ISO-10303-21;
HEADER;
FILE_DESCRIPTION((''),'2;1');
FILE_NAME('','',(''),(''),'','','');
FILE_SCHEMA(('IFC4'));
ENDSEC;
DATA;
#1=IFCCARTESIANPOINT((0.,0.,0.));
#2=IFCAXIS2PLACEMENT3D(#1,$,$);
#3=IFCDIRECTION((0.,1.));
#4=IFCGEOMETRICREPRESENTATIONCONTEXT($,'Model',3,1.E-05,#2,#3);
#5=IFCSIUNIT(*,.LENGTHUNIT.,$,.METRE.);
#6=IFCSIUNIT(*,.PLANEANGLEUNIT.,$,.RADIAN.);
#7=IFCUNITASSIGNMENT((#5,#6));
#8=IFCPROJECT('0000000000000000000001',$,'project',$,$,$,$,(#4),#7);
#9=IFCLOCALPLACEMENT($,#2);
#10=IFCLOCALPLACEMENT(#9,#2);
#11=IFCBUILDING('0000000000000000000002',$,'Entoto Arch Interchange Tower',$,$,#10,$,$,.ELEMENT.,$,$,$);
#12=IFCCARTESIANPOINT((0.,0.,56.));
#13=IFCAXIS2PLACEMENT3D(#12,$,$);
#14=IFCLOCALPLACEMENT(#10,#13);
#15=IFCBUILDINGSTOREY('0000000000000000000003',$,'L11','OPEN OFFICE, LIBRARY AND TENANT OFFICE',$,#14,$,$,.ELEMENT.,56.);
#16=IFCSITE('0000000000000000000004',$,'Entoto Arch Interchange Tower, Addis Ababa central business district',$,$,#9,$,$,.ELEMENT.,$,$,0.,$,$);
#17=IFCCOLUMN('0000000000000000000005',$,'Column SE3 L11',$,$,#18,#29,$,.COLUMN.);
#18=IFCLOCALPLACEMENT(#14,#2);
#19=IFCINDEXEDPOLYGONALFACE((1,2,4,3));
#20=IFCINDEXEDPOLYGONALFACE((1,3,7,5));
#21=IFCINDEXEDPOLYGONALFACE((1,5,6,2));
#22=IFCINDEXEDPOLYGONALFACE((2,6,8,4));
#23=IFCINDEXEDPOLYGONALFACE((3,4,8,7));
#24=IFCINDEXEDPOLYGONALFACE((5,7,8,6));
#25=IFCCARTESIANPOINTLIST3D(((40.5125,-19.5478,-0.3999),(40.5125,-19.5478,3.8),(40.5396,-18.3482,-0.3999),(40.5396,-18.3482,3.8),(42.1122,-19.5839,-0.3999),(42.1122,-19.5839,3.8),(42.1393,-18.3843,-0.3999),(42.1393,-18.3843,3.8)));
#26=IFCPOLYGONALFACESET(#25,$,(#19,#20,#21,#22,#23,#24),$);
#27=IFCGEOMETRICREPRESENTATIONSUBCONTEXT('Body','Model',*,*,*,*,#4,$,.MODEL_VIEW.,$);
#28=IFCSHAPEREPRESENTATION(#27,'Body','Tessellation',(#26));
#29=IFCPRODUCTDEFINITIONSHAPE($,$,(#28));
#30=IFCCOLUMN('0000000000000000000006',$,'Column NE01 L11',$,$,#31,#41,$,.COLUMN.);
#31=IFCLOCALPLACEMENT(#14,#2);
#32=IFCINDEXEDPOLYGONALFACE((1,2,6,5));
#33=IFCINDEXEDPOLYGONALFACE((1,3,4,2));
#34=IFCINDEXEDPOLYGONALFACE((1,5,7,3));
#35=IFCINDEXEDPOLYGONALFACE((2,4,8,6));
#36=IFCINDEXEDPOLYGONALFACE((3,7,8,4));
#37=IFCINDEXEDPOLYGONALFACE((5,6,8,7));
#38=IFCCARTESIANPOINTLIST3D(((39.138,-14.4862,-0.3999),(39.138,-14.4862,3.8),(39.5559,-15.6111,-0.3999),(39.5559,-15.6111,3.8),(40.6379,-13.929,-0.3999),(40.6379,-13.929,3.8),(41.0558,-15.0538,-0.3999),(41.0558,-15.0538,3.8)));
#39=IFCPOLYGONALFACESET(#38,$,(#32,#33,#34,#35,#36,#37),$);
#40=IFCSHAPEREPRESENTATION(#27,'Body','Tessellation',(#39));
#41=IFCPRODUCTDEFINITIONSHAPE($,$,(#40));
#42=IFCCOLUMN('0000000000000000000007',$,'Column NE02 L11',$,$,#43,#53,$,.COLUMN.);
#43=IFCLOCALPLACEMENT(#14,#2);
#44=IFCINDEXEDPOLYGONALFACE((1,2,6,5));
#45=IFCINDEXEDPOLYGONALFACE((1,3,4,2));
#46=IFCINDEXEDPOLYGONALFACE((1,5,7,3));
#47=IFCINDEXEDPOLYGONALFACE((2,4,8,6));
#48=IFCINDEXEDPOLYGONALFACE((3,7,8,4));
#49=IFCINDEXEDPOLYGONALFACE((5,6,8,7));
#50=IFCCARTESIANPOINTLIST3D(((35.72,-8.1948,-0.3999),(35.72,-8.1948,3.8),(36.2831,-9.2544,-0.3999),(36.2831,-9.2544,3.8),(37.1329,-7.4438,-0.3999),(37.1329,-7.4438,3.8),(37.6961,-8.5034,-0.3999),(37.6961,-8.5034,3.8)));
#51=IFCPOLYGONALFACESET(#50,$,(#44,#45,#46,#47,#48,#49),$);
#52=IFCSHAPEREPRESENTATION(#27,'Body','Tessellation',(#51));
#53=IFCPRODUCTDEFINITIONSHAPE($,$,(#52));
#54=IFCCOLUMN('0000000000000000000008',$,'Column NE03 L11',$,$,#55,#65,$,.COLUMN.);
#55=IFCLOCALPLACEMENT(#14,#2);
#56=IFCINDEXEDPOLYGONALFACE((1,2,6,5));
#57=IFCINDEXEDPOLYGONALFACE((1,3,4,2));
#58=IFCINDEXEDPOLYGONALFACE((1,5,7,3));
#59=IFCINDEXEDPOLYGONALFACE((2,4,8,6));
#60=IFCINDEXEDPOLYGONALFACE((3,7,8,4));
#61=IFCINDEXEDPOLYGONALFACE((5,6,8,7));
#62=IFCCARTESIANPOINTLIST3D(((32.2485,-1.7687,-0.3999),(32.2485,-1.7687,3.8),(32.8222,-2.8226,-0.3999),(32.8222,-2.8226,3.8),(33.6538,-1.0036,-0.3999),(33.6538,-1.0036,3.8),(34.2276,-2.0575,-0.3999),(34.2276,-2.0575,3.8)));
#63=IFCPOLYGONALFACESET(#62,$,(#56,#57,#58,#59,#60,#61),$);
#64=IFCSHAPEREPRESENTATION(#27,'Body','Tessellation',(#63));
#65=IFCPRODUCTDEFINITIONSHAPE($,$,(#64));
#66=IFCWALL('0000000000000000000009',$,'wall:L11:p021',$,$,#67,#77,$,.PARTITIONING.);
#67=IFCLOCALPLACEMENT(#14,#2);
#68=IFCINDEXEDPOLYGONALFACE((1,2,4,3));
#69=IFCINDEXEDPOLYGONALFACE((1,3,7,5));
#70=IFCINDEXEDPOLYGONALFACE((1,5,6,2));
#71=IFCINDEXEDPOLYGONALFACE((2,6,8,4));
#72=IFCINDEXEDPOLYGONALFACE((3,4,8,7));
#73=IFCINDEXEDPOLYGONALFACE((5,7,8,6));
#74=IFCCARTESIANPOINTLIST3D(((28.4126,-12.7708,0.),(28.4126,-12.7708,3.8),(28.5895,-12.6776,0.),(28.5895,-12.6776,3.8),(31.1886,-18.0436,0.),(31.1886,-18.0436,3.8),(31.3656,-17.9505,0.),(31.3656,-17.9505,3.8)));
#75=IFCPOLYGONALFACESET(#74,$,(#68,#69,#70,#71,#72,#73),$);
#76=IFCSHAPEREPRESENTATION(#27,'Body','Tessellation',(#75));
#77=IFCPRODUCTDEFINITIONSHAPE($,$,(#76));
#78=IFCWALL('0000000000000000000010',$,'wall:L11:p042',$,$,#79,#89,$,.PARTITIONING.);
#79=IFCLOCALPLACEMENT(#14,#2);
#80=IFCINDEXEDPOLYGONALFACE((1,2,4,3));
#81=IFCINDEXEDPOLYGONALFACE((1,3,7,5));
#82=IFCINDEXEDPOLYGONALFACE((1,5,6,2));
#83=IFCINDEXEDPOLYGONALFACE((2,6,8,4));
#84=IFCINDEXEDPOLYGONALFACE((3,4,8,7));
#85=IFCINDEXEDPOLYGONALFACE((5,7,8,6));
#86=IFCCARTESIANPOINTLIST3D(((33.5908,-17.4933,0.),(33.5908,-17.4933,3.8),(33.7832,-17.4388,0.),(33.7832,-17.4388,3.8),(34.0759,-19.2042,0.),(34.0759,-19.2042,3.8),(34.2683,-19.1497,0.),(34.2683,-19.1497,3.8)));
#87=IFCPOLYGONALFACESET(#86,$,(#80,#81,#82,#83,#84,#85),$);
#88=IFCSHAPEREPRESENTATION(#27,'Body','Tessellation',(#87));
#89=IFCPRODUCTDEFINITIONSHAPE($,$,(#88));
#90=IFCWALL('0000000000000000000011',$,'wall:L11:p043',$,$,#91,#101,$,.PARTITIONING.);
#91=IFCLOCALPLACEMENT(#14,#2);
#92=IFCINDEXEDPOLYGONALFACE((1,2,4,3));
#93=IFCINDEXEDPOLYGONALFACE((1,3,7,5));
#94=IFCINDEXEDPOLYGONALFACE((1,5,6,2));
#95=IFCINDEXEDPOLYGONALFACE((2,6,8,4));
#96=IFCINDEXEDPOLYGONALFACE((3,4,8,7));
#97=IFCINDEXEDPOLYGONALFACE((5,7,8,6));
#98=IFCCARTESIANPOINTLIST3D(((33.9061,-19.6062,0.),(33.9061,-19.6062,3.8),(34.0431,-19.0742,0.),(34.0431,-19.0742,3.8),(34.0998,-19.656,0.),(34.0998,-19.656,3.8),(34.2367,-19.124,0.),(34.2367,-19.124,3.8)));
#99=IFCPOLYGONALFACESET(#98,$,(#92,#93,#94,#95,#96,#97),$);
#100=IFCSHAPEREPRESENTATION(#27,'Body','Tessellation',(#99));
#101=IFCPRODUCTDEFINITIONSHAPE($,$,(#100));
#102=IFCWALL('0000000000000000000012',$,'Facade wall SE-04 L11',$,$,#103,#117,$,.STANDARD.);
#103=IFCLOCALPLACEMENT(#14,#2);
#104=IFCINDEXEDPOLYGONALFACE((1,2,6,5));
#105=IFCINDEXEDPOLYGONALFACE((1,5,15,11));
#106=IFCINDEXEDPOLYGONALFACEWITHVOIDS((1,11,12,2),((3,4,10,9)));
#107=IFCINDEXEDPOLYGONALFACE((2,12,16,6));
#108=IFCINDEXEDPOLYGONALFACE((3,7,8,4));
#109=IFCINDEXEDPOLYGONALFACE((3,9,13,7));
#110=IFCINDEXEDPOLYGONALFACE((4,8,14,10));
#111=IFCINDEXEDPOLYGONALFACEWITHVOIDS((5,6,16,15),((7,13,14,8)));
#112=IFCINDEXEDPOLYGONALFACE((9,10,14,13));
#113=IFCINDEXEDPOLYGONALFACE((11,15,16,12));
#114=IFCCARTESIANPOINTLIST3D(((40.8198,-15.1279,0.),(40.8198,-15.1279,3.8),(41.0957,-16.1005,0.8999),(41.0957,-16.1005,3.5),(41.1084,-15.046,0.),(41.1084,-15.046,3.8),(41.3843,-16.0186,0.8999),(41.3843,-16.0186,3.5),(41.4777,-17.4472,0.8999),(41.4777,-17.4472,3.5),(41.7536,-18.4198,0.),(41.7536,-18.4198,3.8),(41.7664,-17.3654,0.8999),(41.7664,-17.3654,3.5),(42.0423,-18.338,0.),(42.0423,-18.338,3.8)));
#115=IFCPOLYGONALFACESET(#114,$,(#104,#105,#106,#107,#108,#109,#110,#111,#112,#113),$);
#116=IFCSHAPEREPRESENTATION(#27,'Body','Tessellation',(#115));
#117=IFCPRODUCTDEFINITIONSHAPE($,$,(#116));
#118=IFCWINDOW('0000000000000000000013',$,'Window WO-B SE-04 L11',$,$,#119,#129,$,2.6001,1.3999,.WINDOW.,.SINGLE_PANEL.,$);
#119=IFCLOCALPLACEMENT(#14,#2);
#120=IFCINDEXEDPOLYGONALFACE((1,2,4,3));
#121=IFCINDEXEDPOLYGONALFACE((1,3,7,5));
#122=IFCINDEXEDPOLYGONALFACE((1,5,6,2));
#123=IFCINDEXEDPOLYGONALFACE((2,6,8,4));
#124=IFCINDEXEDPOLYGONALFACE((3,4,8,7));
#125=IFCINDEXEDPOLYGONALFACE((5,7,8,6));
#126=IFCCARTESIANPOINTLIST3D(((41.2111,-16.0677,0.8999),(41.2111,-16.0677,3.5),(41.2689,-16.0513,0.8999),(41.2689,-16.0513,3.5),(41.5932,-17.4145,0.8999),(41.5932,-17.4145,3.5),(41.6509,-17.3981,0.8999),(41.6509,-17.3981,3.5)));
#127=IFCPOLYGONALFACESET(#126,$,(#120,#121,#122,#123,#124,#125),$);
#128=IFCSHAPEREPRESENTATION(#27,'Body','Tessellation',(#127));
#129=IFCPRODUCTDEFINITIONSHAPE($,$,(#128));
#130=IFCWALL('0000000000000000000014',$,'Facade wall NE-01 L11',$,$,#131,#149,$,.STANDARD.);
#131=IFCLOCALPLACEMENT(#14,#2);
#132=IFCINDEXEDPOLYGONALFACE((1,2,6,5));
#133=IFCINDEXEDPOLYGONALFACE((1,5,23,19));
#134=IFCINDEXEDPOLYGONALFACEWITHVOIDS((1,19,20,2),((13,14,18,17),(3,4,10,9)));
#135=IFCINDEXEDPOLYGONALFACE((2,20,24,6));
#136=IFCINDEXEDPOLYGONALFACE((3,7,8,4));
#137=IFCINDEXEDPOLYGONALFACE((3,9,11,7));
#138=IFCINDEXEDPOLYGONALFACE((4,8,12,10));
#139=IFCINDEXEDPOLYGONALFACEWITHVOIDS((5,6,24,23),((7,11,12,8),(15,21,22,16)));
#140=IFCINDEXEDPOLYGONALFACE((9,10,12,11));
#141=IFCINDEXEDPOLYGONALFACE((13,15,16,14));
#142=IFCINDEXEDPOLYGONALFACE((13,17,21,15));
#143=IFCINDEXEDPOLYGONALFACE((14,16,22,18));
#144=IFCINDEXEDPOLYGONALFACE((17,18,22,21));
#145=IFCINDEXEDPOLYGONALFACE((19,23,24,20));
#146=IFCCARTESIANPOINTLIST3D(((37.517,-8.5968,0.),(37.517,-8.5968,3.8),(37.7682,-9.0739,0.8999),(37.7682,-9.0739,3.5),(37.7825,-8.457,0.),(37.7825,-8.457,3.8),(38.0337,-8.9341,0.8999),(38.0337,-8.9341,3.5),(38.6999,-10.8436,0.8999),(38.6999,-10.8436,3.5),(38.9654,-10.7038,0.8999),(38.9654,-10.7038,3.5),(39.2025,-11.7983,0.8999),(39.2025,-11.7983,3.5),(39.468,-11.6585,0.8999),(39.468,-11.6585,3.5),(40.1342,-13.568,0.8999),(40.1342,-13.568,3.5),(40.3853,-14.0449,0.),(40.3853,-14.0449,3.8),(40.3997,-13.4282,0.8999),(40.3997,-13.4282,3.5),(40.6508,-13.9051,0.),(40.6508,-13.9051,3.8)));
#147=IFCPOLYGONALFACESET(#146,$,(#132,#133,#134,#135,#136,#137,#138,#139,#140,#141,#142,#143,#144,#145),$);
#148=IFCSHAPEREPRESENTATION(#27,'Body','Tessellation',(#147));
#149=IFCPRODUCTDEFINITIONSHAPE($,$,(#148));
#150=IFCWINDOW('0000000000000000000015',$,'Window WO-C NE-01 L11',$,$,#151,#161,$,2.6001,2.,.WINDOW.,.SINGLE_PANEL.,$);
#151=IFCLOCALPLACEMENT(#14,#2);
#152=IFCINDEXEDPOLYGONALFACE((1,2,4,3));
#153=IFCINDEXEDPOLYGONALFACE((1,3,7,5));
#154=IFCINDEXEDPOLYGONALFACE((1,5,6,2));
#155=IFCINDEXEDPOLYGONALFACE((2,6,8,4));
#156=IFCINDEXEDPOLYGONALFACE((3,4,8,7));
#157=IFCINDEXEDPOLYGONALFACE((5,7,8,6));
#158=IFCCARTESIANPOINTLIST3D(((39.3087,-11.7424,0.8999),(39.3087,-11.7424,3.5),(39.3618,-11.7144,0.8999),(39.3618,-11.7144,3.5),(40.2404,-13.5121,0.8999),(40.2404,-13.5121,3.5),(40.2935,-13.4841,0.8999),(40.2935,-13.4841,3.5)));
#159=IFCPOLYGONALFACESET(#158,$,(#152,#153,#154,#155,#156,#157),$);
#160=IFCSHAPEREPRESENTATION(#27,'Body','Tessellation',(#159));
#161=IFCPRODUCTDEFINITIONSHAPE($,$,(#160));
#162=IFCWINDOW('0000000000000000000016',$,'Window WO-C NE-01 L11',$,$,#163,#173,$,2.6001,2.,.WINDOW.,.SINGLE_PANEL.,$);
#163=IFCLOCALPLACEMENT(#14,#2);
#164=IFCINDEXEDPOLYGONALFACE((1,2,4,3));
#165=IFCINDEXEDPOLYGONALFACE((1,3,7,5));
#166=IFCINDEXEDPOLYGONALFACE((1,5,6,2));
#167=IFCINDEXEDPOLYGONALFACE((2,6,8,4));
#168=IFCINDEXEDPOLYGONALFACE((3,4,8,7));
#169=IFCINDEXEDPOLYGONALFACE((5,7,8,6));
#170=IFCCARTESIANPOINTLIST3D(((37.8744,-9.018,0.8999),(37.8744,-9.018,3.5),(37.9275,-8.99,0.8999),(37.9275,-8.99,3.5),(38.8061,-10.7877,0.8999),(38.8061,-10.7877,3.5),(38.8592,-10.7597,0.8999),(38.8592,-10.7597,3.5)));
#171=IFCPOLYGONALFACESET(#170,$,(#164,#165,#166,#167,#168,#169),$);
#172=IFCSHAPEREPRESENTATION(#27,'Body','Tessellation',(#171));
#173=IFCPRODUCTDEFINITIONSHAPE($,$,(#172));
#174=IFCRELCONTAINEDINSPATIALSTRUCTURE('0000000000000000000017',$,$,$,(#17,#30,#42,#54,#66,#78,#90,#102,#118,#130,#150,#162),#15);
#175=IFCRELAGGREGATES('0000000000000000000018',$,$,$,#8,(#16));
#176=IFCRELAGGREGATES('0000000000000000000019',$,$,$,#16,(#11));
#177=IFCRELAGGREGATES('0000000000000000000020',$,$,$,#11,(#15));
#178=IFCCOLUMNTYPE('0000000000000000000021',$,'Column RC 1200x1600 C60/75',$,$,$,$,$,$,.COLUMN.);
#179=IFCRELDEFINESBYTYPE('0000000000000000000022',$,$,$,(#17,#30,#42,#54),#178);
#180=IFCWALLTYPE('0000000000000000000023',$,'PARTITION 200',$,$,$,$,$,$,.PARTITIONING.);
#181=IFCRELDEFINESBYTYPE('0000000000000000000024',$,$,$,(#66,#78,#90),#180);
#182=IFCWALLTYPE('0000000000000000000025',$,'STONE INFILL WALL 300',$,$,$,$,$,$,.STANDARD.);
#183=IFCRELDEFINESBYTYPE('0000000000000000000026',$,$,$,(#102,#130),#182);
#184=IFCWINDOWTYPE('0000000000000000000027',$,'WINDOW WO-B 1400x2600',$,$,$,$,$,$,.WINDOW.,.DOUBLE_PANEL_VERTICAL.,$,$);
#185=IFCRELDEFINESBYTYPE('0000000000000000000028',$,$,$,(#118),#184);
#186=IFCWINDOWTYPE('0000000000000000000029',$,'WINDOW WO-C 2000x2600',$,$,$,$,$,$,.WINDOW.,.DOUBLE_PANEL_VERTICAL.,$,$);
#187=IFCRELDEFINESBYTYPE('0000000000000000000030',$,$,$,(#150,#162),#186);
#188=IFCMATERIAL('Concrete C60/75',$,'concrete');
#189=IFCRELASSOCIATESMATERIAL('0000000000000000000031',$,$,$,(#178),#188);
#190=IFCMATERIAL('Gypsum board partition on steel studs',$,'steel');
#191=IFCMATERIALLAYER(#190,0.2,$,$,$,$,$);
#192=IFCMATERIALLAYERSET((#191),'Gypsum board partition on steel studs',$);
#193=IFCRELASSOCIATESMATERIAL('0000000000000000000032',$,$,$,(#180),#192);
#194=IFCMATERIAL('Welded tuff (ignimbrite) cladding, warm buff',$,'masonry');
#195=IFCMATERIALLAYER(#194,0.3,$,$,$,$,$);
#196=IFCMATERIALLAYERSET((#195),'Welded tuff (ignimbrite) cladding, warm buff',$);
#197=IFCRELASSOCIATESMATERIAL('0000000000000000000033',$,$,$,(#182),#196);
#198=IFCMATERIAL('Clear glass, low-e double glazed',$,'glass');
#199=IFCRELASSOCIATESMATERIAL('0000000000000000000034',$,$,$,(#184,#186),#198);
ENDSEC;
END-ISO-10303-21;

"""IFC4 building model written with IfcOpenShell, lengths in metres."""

from ifc_helpers import new_model, si_unit, direction, frame, frame_2d, origin, origin_2d, place, context, subcontext, project, spatial, rectangle, extrude, material, layer, layer_set, material_profile, profile_set, type_object, element, fill, save


model = new_model("IFC4")

# Units and contexts
model_context = context("Model", 3, precision=1e-05, world=origin(), true_north=direction((0.0, 1.0)))
body_context = subcontext(model_context, "Body", "Model", "MODEL_VIEW")
ifc_project = project(units=[si_unit("LENGTHUNIT", "METRE"), si_unit("PLANEANGLEUNIT", "RADIAN")], contexts=[model_context])

# Site, building, storey
site_placement = place(None, origin())
site = spatial("IfcSite", under=ifc_project, at=site_placement, Name="Entoto Arch Interchange Tower, Addis Ababa central business district", CompositionType="ELEMENT", RefElevation=0.0)
building_placement = place(site_placement, origin())
building = spatial("IfcBuilding", under=site, at=building_placement, Name="Entoto Arch Interchange Tower", CompositionType="ELEMENT")
storey_placement = place(building_placement, frame((0.0, 0.0, 56.0)))
storey = spatial("IfcBuildingStorey", under=building, at=storey_placement, Name="L11", Description="OPEN OFFICE, LIBRARY AND TENANT OFFICE", CompositionType="ELEMENT", Elevation=56.0)

# Columns
ifc_material_1 = material(Name="Concrete C60/75", Category="concrete")
ifc_material_profile = material_profile(ifc_material_1, rectangle(XDim=1.2, YDim=1.6001, at=origin_2d()))
ifc_profile_set = profile_set([ifc_material_profile], Name="Concrete C60/75")
column_type = type_object("IfcColumnType", Name="Column RC 1200x1600 C60/75", PredefinedType="COLUMN", material=ifc_profile_set)
for number, where, z_axis, x_axis, name in (
    (1, (41.3259, -18.9661, -0.3999), (0.0, 0.0, 1.0), (0.022565, 0.999745, 0.0), "Column SE3 L11"),
    (2, (40.0969, -14.77, -0.3999), (0.0, 0.0, 1.0), (-0.348278, 0.937391, 0.0), "Column NE01 L11"),
    (3, (36.708, -8.3491, -0.3999), (0.0, 0.0, 1.0), (-0.469317, 0.88303, 0.0), "Column NE02 L11"),
    (4, (33.238, -1.9131, -0.3999), (0.0, 0.0, 1.0), (-0.47814, 0.878284, 0.0), "Column NE03 L11"),
):
    element("IfcColumn", number, at=place(storey_placement, frame(where, z_axis=z_axis, x_axis=x_axis)), inside=storey, type_object=column_type, Name=name, PredefinedType="COLUMN", context=body_context, shape_type="SweptSolid", body=[
        extrude(rectangle(XDim=1.2, YDim=1.6001, at=origin_2d()), origin(), (0.0, 0.0, 1.0), 4.2),
    ])

# Walls
ifc_material_2 = material(Name="Gypsum board partition on steel studs", Category="steel")
ifc_layer_1 = layer(ifc_material_2, 0.2)
ifc_layer_set_1 = layer_set([ifc_layer_1], Name="Gypsum board partition on steel studs")
wall_type_1 = type_object("IfcWallType", Name="PARTITION 200", PredefinedType="PARTITIONING", material=ifc_layer_set_1)
wall_1_placement = place(storey_placement, frame((31.2771, -17.9971, 0.0), z_axis=(0.0, 0.0, 1.0), x_axis=(-0.465863, 0.884857, 0.0)))
element("IfcWall", 5, at=wall_1_placement, inside=storey, type_object=wall_type_1, Name="wall:L11:p021", PredefinedType="PARTITIONING", context=body_context, shape_type="SweptSolid", body=[
    extrude(rectangle(XDim=5.959, YDim=0.2, at=frame_2d((2.9795, 0.0))), origin(), (0.0, 0.0, 1.0), 3.8),
])
wall_2_placement = place(storey_placement, frame((33.687, -17.4661, 0.0), z_axis=(0.0, 0.0, 1.0), x_axis=(0.27278, -0.962076, 0.0)))
element("IfcWall", 6, at=wall_2_placement, inside=storey, type_object=wall_type_1, Name="wall:L11:p042", PredefinedType="PARTITIONING", context=body_context, shape_type="SweptSolid", body=[
    extrude(rectangle(XDim=1.7783, YDim=0.2, at=frame_2d((0.8892, 0.0))), origin(), (0.0, 0.0, 1.0), 3.8),
])
wall_3_placement = place(storey_placement, frame((34.1399, -19.0991, 0.0), z_axis=(0.0, 0.0, 1.0), x_axis=(-0.249327, -0.968419, 0.0)))
element("IfcWall", 7, at=wall_3_placement, inside=storey, type_object=wall_type_1, Name="wall:L11:p043", PredefinedType="PARTITIONING", context=body_context, shape_type="SweptSolid", body=[
    extrude(rectangle(XDim=0.5493, YDim=0.2, at=frame_2d((0.2747, 0.0))), origin(), (0.0, 0.0, 1.0), 3.8),
])

# Wall, opening, window
ifc_material_3 = material(Name="Welded tuff (ignimbrite) cladding, warm buff", Category="masonry")
ifc_layer_2 = layer(ifc_material_3, 0.3)
ifc_layer_set_2 = layer_set([ifc_layer_2], Name="Welded tuff (ignimbrite) cladding, warm buff")
wall_type_2 = type_object("IfcWallType", Name="STONE INFILL WALL 300", PredefinedType="STANDARD", material=ifc_layer_set_2)
wall_4_placement = place(storey_placement, frame((41.8979, -18.3789, 0.0), z_axis=(0.0, 0.0, 1.0), x_axis=(-0.272902, 0.962042, 0.0)))
wall_4 = element("IfcWall", 8, at=wall_4_placement, inside=storey, type_object=wall_type_2, Name="Facade wall SE-04 L11", PredefinedType="STANDARD", context=body_context, shape_type="SweptSolid", body=[
    extrude(rectangle(XDim=3.4219, YDim=0.3, at=frame_2d((1.7109, 0.0))), origin(), (0.0, 0.0, 1.0), 3.8),
])
opening_1_placement = place(wall_4_placement, frame((1.011, 0.0, 0.8999)))
opening_1 = element("IfcOpeningElement", 9, at=opening_1_placement, cuts=wall_4, PredefinedType="OPENING", context=body_context, shape_type="SweptSolid", body=[
    extrude(rectangle(XDim=1.3999, YDim=2.6001, at=frame_2d((0.7, 1.3))), frame((0.0, 0.1602, 0.0), z_axis=(0.0, -1.0, 0.0), x_axis=(1.0, 0.0, 0.0)), (0.0, 0.0, 1.0), 0.3201),
])
ifc_material_4 = material(Name="Clear glass, low-e double glazed", Category="glass")
window_type_1 = type_object("IfcWindowType", Name="WINDOW WO-B 1400x2600", PartitioningType="DOUBLE_PANEL_VERTICAL", PredefinedType="WINDOW", material=ifc_material_4)
window_1_placement = place(opening_1_placement, origin())
window_1 = element("IfcWindow", 10, at=window_1_placement, inside=storey, type_object=window_type_1, Name="Window WO-B SE-04 L11", OverallHeight=2.6001, OverallWidth=1.3999, PartitioningType="SINGLE_PANEL", PredefinedType="WINDOW", context=body_context, shape_type="SweptSolid", body=[
    extrude(rectangle(XDim=1.3999, YDim=2.6001, at=frame_2d((0.7, 1.3))), frame((0.0, 0.03, 0.0), z_axis=(0.0, -1.0, 0.0), x_axis=(1.0, 0.0, 0.0)), (0.0, 0.0, 1.0), 0.0601),
])
fill(opening_1, window_1)

# Wall, openings, windows
wall_5_placement = place(storey_placement, frame((40.5181, -13.9751, 0.0), z_axis=(0.0, 0.0, 1.0), x_axis=(-0.465848, 0.884865, 0.0)))
wall_5 = element("IfcWall", 11, at=wall_5_placement, inside=storey, type_object=wall_type_2, Name="Facade wall NE-01 L11", PredefinedType="STANDARD", context=body_context, shape_type="SweptSolid", body=[
    extrude(rectangle(XDim=6.157, YDim=0.3, at=frame_2d((3.0786, 0.0))), origin(), (0.0, 0.0, 1.0), 3.8),
])
opening_2_placement = place(wall_5_placement, frame((0.5391, 0.0, 0.8999)))
opening_2 = element("IfcOpeningElement", 12, at=opening_2_placement, cuts=wall_5, PredefinedType="OPENING", context=body_context, shape_type="SweptSolid", body=[
    extrude(rectangle(XDim=2.0, YDim=2.6001, at=frame_2d((1.0, 1.3))), frame((0.0, 0.1602, 0.0), z_axis=(0.0, -1.0, 0.0), x_axis=(1.0, 0.0, 0.0)), (0.0, 0.0, 1.0), 0.3201),
])
opening_3_placement = place(wall_5_placement, frame((3.6179, 0.0, 0.8999)))
opening_3 = element("IfcOpeningElement", 13, at=opening_3_placement, cuts=wall_5, PredefinedType="OPENING", context=body_context, shape_type="SweptSolid", body=[
    extrude(rectangle(XDim=2.0, YDim=2.6001, at=frame_2d((1.0, 1.3))), frame((0.0, 0.1602, 0.0), z_axis=(0.0, -1.0, 0.0), x_axis=(1.0, 0.0, 0.0)), (0.0, 0.0, 1.0), 0.3201),
])
window_type_2 = type_object("IfcWindowType", Name="WINDOW WO-C 2000x2600", PartitioningType="DOUBLE_PANEL_VERTICAL", PredefinedType="WINDOW", material=ifc_material_4)
window_2_placement = place(opening_2_placement, origin())
window_2 = element("IfcWindow", 14, at=window_2_placement, inside=storey, type_object=window_type_2, Name="Window WO-C NE-01 L11", OverallHeight=2.6001, OverallWidth=2.0, PartitioningType="SINGLE_PANEL", PredefinedType="WINDOW", context=body_context, shape_type="SweptSolid", body=[
    extrude(rectangle(XDim=2.0, YDim=2.6001, at=frame_2d((1.0, 1.3))), frame((0.0, 0.03, 0.0), z_axis=(0.0, -1.0, 0.0), x_axis=(1.0, 0.0, 0.0)), (0.0, 0.0, 1.0), 0.0601),
])
fill(opening_2, window_2)
window_3_placement = place(opening_3_placement, origin())
window_3 = element("IfcWindow", 15, at=window_3_placement, inside=storey, type_object=window_type_2, Name="Window WO-C NE-01 L11", OverallHeight=2.6001, OverallWidth=2.0, PartitioningType="SINGLE_PANEL", PredefinedType="WINDOW", context=body_context, shape_type="SweptSolid", body=[
    extrude(rectangle(XDim=2.0, YDim=2.6001, at=frame_2d((1.0, 1.3))), frame((0.0, 0.03, 0.0), z_axis=(0.0, -1.0, 0.0), x_axis=(1.0, 0.0, 0.0)), (0.0, 0.0, 1.0), 0.0601),
])
fill(opening_3, window_3)

save(model, "model.ifc")
